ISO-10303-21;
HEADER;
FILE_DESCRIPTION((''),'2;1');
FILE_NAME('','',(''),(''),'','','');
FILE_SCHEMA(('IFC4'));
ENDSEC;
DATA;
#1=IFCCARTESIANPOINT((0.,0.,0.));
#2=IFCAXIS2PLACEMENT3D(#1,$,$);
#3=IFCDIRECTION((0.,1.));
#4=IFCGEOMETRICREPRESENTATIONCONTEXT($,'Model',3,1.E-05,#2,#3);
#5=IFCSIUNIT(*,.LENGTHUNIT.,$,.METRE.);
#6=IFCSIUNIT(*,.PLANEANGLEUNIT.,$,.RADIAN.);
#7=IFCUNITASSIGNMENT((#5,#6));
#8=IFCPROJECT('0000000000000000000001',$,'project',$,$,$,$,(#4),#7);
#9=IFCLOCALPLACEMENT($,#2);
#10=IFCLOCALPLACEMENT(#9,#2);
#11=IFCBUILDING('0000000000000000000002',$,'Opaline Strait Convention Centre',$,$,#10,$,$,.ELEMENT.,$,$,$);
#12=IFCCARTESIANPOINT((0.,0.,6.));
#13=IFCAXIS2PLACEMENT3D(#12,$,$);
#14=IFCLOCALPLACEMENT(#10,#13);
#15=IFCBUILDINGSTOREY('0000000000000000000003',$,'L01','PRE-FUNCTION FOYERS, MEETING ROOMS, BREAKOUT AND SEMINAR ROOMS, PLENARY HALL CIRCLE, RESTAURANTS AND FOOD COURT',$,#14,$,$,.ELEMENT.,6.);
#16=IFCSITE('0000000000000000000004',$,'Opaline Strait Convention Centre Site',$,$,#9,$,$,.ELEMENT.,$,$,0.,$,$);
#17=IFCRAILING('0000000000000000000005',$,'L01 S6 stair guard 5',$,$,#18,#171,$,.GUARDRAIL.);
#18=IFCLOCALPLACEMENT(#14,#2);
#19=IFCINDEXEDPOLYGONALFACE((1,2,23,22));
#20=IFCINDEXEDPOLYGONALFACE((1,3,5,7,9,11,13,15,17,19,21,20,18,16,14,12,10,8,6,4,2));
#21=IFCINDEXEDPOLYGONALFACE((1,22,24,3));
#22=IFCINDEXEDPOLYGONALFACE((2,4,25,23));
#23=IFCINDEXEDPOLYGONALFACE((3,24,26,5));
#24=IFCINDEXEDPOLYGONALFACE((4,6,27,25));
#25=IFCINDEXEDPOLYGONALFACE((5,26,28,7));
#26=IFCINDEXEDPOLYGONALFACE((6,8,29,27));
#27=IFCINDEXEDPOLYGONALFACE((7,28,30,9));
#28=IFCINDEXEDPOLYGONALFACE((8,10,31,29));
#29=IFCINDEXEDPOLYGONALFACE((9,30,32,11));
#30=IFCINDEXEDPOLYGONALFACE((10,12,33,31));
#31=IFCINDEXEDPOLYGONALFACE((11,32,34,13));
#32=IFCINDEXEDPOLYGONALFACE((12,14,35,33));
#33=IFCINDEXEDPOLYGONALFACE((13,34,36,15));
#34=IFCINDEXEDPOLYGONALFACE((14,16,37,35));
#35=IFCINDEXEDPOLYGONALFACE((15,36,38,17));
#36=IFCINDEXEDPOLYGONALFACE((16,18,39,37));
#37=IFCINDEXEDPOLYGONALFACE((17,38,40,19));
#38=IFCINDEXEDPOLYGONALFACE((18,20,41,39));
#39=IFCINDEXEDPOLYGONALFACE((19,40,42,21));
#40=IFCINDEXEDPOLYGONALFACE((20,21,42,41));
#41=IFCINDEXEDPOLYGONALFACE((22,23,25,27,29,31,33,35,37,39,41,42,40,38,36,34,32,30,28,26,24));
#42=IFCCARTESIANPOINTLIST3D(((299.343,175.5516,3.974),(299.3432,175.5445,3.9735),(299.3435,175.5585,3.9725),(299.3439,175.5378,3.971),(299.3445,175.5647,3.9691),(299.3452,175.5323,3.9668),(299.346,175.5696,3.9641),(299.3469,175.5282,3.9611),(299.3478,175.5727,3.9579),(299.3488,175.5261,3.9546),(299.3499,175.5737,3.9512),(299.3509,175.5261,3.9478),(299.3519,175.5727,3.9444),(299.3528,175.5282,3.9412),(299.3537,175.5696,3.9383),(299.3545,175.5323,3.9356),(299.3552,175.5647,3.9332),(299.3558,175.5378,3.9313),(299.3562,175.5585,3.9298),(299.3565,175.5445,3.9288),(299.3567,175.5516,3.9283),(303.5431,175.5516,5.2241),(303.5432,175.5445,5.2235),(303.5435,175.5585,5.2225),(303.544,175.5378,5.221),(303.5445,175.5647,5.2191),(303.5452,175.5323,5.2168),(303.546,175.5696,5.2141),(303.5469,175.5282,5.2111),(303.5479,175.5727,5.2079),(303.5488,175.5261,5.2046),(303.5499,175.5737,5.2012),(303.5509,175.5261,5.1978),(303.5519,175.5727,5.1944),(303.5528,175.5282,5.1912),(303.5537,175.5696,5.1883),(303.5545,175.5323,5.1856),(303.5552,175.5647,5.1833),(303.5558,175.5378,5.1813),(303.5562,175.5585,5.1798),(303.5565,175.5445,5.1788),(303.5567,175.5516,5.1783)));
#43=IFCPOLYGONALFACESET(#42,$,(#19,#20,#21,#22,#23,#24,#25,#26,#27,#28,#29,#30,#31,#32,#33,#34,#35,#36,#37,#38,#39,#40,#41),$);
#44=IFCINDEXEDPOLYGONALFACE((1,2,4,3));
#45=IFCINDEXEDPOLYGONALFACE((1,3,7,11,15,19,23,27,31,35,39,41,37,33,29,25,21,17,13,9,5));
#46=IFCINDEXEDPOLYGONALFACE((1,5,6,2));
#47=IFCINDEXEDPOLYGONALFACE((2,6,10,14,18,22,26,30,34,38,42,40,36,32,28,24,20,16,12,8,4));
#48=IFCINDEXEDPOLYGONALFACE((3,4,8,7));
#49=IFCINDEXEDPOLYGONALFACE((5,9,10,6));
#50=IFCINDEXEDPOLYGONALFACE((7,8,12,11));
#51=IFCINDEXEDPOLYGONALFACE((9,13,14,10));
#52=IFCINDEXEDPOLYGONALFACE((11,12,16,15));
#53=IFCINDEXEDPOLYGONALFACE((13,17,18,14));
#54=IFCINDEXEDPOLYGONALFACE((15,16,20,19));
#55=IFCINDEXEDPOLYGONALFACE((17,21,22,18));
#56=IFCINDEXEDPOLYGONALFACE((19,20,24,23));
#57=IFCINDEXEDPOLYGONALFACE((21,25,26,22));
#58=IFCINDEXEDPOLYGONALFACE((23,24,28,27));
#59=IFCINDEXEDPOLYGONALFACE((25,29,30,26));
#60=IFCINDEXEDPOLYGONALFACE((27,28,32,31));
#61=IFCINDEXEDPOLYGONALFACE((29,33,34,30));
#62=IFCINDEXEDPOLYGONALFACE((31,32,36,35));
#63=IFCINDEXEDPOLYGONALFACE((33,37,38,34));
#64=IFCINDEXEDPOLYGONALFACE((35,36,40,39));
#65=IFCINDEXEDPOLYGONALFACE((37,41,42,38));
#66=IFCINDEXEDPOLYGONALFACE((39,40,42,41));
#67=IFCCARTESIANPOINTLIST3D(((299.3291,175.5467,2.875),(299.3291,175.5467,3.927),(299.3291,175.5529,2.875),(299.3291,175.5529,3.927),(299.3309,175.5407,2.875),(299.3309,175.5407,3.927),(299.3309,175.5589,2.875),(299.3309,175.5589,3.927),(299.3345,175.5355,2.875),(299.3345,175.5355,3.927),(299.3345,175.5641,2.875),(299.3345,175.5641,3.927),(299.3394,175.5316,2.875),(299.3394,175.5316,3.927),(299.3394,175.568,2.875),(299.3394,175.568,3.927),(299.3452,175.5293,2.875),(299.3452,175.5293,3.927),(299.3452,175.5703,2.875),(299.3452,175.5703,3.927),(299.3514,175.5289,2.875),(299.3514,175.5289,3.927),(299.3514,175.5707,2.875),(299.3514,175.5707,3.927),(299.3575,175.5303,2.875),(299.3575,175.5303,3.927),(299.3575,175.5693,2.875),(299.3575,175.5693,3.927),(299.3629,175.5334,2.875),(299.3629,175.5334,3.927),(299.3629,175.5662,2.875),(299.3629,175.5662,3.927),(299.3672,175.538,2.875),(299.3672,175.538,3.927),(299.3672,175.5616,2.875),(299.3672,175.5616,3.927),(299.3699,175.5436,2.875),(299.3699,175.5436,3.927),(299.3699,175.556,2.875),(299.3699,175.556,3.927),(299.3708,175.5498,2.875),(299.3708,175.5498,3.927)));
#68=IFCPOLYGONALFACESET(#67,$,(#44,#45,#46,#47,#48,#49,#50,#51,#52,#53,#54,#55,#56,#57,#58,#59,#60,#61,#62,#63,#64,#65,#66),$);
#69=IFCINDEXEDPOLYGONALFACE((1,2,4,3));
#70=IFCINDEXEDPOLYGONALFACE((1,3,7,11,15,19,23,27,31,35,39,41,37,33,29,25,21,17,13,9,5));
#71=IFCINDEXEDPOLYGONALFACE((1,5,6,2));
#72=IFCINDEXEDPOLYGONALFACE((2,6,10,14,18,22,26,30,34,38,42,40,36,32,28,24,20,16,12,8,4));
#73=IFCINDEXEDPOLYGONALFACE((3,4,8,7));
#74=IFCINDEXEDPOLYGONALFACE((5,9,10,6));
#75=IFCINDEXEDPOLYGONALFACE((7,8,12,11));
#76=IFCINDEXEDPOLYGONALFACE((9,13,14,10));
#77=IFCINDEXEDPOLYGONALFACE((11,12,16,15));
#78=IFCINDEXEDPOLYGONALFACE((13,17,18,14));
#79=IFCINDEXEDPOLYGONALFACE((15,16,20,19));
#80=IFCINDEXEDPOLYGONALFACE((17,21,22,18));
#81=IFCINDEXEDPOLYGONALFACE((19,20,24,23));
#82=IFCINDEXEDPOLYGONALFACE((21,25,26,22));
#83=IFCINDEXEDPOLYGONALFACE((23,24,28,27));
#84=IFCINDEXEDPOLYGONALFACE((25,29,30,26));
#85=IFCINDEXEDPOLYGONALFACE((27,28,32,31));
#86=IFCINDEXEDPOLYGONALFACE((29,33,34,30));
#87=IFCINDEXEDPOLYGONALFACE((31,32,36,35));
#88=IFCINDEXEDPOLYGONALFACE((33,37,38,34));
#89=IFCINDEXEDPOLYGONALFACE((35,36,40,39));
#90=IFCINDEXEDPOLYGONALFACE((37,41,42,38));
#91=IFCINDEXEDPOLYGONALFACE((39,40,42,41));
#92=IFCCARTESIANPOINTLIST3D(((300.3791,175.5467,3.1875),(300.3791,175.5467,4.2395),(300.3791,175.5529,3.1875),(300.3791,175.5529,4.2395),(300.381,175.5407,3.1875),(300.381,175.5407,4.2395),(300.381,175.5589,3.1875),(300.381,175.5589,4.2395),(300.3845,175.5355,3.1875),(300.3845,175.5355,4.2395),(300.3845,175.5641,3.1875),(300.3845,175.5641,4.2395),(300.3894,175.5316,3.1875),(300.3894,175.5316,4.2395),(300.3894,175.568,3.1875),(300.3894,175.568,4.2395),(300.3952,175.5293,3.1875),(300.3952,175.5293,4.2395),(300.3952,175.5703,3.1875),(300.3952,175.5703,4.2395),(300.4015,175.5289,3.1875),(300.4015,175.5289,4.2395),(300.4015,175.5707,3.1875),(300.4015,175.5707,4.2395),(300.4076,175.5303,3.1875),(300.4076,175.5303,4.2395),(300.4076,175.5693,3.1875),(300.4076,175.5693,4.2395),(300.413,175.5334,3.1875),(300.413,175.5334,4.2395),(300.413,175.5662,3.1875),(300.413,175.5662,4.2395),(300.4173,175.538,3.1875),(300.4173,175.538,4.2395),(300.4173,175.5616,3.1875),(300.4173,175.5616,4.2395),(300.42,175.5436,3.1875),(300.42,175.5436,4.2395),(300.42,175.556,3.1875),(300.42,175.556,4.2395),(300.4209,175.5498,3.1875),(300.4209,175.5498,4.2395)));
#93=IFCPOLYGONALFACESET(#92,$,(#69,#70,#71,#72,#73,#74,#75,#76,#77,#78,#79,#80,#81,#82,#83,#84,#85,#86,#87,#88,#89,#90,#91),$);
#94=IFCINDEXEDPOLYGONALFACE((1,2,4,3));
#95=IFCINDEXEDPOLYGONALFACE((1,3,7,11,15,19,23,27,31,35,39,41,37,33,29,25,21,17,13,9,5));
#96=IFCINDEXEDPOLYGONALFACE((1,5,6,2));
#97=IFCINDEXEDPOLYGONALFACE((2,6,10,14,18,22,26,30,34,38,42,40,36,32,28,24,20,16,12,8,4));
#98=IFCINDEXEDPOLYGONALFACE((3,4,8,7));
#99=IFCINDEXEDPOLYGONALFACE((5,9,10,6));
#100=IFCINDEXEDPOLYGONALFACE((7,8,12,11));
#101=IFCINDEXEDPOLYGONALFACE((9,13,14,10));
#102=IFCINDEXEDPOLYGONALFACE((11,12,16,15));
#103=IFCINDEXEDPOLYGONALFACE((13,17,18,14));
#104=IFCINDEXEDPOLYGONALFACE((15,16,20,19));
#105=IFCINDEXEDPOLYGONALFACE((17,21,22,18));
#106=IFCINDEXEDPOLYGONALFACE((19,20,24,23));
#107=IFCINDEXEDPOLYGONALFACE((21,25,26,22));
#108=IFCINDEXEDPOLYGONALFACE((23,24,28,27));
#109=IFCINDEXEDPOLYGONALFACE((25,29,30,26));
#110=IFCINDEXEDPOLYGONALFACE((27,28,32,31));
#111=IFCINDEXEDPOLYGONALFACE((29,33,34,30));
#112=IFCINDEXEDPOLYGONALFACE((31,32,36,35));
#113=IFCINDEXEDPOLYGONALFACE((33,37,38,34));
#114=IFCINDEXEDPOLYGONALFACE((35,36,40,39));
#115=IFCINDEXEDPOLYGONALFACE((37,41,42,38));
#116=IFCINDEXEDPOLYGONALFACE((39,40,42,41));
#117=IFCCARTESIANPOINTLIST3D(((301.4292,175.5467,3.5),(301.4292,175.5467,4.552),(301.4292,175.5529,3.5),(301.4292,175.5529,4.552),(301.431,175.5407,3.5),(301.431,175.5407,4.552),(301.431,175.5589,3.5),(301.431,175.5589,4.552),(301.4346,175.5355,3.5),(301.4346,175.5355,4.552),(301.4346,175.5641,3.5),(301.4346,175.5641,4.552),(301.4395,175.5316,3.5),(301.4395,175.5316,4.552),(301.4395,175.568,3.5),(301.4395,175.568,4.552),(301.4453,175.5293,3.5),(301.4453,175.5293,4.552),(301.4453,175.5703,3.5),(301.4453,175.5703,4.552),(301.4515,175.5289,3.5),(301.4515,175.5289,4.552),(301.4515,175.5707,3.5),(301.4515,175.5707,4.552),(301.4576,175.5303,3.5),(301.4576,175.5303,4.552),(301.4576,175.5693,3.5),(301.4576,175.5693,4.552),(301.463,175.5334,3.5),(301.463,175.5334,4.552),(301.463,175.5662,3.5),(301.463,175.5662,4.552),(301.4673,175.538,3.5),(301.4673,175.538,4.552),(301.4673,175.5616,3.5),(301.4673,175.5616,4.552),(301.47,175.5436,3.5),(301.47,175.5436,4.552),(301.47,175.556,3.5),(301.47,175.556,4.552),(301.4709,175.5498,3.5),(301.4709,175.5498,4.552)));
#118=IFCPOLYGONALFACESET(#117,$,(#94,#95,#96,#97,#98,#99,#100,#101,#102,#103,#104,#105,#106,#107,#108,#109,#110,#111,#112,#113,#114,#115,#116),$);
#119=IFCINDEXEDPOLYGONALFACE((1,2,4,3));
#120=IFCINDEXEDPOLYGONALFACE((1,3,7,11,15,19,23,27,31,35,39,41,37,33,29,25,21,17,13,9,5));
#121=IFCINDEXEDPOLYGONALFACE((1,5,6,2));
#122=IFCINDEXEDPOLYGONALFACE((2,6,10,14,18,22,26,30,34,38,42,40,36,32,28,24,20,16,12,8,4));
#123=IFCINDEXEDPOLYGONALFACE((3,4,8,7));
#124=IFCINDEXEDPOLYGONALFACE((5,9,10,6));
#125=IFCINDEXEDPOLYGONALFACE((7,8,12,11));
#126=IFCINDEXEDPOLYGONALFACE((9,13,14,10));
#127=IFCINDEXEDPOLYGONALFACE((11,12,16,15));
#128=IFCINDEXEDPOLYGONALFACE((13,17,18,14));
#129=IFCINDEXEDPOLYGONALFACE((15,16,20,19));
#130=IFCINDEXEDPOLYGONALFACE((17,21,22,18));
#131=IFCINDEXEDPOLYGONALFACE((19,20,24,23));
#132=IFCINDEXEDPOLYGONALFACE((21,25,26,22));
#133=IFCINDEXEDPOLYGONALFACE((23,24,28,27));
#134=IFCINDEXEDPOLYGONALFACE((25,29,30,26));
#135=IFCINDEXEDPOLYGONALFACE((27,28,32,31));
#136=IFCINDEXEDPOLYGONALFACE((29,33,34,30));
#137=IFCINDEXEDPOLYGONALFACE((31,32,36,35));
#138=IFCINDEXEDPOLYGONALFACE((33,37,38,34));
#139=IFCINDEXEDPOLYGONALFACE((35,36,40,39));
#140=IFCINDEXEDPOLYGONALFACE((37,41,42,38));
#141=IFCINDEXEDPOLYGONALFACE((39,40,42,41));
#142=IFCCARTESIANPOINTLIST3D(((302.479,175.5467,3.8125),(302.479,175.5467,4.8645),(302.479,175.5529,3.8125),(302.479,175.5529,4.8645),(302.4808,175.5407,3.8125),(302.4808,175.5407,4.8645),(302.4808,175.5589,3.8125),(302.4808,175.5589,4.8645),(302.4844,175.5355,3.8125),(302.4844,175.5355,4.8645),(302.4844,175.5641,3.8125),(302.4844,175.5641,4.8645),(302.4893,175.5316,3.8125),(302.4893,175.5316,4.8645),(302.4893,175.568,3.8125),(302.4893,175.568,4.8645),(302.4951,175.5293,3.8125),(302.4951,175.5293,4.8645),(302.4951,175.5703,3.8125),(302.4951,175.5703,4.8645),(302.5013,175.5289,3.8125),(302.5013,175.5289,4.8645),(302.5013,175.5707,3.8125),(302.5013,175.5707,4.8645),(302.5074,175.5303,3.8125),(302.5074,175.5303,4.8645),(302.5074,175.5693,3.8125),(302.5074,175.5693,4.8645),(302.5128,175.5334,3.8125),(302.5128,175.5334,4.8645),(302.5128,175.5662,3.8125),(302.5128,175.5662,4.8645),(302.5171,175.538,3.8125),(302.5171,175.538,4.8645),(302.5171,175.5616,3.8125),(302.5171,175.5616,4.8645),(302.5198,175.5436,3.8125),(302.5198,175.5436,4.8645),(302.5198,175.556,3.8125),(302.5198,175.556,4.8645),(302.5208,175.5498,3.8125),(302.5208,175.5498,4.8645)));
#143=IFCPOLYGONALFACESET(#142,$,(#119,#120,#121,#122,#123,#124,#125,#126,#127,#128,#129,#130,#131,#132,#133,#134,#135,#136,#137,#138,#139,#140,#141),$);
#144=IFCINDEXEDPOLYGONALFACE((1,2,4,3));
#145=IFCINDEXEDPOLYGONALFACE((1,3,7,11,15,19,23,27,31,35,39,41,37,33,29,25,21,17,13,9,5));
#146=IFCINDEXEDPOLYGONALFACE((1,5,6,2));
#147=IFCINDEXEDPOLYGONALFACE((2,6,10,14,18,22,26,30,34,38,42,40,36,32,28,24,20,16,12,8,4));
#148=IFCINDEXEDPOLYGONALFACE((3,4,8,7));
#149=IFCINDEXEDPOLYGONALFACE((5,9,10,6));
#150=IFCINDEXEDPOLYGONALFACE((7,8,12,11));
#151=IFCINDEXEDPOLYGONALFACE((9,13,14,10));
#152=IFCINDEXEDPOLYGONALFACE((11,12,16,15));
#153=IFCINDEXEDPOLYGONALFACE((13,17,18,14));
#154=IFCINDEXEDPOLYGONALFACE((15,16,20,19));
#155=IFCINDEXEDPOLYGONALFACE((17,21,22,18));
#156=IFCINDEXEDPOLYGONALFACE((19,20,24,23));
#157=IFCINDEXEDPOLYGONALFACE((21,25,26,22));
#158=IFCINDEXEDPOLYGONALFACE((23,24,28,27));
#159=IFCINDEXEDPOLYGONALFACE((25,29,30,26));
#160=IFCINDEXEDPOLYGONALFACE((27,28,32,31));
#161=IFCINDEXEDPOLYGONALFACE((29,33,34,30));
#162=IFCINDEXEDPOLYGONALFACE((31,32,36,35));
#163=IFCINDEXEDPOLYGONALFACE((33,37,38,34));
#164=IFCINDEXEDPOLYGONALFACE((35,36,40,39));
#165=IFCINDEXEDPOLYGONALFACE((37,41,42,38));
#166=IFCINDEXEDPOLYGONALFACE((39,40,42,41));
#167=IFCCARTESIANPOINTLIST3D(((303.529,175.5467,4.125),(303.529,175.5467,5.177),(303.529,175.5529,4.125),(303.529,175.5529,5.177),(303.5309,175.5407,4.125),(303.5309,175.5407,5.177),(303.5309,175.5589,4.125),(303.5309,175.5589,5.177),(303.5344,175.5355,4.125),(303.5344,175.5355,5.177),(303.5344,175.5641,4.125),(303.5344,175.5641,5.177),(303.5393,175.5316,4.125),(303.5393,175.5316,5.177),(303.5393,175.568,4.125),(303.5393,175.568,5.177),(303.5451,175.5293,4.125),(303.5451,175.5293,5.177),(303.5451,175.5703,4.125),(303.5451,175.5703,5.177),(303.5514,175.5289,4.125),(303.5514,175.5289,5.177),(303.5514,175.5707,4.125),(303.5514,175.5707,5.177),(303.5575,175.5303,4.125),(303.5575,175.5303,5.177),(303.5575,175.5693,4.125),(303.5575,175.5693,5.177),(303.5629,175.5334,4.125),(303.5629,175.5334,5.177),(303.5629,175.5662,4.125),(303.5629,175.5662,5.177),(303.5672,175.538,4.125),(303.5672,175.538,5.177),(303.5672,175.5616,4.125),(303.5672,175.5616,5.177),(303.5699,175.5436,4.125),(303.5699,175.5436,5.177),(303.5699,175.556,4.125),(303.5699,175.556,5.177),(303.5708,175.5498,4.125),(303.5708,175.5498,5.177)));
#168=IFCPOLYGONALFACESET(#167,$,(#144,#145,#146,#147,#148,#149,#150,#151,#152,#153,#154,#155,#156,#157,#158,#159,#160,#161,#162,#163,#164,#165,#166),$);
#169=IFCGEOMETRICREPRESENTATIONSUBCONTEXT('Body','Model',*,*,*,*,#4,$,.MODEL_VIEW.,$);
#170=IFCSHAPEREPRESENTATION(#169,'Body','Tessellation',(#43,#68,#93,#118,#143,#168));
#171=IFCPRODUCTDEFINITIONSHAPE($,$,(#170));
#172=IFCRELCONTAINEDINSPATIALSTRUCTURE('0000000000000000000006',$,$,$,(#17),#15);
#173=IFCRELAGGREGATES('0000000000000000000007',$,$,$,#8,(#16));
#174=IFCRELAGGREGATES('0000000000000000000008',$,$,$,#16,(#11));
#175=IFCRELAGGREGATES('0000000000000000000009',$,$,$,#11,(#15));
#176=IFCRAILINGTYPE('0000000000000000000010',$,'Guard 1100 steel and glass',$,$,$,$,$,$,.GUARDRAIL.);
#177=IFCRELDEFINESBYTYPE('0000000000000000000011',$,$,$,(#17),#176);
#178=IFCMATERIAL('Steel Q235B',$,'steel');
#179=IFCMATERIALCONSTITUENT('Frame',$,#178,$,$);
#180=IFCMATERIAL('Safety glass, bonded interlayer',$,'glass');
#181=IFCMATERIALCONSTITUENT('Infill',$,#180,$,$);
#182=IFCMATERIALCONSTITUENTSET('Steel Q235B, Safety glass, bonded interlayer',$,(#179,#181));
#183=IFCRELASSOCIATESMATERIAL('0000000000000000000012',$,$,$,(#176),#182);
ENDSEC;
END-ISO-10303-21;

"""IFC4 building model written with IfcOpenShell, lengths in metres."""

from ifc_helpers import new_model, si_unit, direction, frame, origin, origin_2d, place, context, subcontext, project, spatial, circle, extrude, material, constituent, constituent_set, type_object, element, save


model = new_model("IFC4")

# Units and contexts
model_context = context("Model", 3, precision=1e-05, world=origin(), true_north=direction((0.0, 1.0)))
body_context = subcontext(model_context, "Body", "Model", "MODEL_VIEW")
ifc_project = project(units=[si_unit("LENGTHUNIT", "METRE"), si_unit("PLANEANGLEUNIT", "RADIAN")], contexts=[model_context])

# Site, building, storey
site_placement = place(None, origin())
site = spatial("IfcSite", under=ifc_project, at=site_placement, Name="Opaline Strait Convention Centre Site", CompositionType="ELEMENT", RefElevation=0.0)
building_placement = place(site_placement, origin())
building = spatial("IfcBuilding", under=site, at=building_placement, Name="Opaline Strait Convention Centre", CompositionType="ELEMENT")
storey_placement = place(building_placement, frame((0.0, 0.0, 6.0)))
storey = spatial("IfcBuildingStorey", under=building, at=storey_placement, Name="L01", Description="PRE-FUNCTION FOYERS, MEETING ROOMS, BREAKOUT AND SEMINAR ROOMS, PLENARY HALL CIRCLE, RESTAURANTS AND FOOD COURT", CompositionType="ELEMENT", Elevation=6.0)

# Railing
ifc_material_1 = material(Name="Steel Q235B", Category="steel")
ifc_constituent_1 = constituent(ifc_material_1, Name="Frame")
ifc_material_2 = material(Name="Safety glass, bonded interlayer", Category="glass")
ifc_constituent_2 = constituent(ifc_material_2, Name="Infill")
ifc_constituent_set = constituent_set(constituents=[ifc_constituent_1, ifc_constituent_2], Name="Steel Q235B, Safety glass, bonded interlayer")
railing_type_1 = type_object("IfcRailingType", Name="Guard 1100 steel and glass", PredefinedType="GUARDRAIL", material=ifc_constituent_set)
railing_1_placement = place(storey_placement, frame((299.3499, 175.5498, 2.875)))
element("IfcRailing", 1, at=railing_1_placement, inside=storey, type_object=railing_type_1, Name="L01 S6 stair guard 5", PredefinedType="GUARDRAIL", context=body_context, shape_type="SweptSolid", body=[
    extrude(circle(Radius=0.0239, at=origin_2d()), frame((0.0, 0.0, 1.0762), z_axis=(0.958451, 0.0, 0.285257), x_axis=(0.0, 1.0, 0.0)), (0.0, 0.0, 1.0), 4.3821),
    extrude(circle(Radius=0.021, at=origin_2d()), origin(), (0.0, 0.0, 1.0), 1.052),
    extrude(circle(Radius=0.021, at=origin_2d()), frame((1.05, 0.0, 0.3125)), (0.0, 0.0, 1.0), 1.052),
    extrude(circle(Radius=0.021, at=origin_2d()), frame((2.1001, 0.0, 0.625)), (0.0, 0.0, 1.0), 1.052),
    extrude(circle(Radius=0.021, at=origin_2d()), frame((3.1499, 0.0, 0.9375)), (0.0, 0.0, 1.0), 1.052),
    extrude(circle(Radius=0.021, at=origin_2d()), frame((4.2, 0.0, 1.25)), (0.0, 0.0, 1.0), 1.052),
])

save(model, "model.ifc")
